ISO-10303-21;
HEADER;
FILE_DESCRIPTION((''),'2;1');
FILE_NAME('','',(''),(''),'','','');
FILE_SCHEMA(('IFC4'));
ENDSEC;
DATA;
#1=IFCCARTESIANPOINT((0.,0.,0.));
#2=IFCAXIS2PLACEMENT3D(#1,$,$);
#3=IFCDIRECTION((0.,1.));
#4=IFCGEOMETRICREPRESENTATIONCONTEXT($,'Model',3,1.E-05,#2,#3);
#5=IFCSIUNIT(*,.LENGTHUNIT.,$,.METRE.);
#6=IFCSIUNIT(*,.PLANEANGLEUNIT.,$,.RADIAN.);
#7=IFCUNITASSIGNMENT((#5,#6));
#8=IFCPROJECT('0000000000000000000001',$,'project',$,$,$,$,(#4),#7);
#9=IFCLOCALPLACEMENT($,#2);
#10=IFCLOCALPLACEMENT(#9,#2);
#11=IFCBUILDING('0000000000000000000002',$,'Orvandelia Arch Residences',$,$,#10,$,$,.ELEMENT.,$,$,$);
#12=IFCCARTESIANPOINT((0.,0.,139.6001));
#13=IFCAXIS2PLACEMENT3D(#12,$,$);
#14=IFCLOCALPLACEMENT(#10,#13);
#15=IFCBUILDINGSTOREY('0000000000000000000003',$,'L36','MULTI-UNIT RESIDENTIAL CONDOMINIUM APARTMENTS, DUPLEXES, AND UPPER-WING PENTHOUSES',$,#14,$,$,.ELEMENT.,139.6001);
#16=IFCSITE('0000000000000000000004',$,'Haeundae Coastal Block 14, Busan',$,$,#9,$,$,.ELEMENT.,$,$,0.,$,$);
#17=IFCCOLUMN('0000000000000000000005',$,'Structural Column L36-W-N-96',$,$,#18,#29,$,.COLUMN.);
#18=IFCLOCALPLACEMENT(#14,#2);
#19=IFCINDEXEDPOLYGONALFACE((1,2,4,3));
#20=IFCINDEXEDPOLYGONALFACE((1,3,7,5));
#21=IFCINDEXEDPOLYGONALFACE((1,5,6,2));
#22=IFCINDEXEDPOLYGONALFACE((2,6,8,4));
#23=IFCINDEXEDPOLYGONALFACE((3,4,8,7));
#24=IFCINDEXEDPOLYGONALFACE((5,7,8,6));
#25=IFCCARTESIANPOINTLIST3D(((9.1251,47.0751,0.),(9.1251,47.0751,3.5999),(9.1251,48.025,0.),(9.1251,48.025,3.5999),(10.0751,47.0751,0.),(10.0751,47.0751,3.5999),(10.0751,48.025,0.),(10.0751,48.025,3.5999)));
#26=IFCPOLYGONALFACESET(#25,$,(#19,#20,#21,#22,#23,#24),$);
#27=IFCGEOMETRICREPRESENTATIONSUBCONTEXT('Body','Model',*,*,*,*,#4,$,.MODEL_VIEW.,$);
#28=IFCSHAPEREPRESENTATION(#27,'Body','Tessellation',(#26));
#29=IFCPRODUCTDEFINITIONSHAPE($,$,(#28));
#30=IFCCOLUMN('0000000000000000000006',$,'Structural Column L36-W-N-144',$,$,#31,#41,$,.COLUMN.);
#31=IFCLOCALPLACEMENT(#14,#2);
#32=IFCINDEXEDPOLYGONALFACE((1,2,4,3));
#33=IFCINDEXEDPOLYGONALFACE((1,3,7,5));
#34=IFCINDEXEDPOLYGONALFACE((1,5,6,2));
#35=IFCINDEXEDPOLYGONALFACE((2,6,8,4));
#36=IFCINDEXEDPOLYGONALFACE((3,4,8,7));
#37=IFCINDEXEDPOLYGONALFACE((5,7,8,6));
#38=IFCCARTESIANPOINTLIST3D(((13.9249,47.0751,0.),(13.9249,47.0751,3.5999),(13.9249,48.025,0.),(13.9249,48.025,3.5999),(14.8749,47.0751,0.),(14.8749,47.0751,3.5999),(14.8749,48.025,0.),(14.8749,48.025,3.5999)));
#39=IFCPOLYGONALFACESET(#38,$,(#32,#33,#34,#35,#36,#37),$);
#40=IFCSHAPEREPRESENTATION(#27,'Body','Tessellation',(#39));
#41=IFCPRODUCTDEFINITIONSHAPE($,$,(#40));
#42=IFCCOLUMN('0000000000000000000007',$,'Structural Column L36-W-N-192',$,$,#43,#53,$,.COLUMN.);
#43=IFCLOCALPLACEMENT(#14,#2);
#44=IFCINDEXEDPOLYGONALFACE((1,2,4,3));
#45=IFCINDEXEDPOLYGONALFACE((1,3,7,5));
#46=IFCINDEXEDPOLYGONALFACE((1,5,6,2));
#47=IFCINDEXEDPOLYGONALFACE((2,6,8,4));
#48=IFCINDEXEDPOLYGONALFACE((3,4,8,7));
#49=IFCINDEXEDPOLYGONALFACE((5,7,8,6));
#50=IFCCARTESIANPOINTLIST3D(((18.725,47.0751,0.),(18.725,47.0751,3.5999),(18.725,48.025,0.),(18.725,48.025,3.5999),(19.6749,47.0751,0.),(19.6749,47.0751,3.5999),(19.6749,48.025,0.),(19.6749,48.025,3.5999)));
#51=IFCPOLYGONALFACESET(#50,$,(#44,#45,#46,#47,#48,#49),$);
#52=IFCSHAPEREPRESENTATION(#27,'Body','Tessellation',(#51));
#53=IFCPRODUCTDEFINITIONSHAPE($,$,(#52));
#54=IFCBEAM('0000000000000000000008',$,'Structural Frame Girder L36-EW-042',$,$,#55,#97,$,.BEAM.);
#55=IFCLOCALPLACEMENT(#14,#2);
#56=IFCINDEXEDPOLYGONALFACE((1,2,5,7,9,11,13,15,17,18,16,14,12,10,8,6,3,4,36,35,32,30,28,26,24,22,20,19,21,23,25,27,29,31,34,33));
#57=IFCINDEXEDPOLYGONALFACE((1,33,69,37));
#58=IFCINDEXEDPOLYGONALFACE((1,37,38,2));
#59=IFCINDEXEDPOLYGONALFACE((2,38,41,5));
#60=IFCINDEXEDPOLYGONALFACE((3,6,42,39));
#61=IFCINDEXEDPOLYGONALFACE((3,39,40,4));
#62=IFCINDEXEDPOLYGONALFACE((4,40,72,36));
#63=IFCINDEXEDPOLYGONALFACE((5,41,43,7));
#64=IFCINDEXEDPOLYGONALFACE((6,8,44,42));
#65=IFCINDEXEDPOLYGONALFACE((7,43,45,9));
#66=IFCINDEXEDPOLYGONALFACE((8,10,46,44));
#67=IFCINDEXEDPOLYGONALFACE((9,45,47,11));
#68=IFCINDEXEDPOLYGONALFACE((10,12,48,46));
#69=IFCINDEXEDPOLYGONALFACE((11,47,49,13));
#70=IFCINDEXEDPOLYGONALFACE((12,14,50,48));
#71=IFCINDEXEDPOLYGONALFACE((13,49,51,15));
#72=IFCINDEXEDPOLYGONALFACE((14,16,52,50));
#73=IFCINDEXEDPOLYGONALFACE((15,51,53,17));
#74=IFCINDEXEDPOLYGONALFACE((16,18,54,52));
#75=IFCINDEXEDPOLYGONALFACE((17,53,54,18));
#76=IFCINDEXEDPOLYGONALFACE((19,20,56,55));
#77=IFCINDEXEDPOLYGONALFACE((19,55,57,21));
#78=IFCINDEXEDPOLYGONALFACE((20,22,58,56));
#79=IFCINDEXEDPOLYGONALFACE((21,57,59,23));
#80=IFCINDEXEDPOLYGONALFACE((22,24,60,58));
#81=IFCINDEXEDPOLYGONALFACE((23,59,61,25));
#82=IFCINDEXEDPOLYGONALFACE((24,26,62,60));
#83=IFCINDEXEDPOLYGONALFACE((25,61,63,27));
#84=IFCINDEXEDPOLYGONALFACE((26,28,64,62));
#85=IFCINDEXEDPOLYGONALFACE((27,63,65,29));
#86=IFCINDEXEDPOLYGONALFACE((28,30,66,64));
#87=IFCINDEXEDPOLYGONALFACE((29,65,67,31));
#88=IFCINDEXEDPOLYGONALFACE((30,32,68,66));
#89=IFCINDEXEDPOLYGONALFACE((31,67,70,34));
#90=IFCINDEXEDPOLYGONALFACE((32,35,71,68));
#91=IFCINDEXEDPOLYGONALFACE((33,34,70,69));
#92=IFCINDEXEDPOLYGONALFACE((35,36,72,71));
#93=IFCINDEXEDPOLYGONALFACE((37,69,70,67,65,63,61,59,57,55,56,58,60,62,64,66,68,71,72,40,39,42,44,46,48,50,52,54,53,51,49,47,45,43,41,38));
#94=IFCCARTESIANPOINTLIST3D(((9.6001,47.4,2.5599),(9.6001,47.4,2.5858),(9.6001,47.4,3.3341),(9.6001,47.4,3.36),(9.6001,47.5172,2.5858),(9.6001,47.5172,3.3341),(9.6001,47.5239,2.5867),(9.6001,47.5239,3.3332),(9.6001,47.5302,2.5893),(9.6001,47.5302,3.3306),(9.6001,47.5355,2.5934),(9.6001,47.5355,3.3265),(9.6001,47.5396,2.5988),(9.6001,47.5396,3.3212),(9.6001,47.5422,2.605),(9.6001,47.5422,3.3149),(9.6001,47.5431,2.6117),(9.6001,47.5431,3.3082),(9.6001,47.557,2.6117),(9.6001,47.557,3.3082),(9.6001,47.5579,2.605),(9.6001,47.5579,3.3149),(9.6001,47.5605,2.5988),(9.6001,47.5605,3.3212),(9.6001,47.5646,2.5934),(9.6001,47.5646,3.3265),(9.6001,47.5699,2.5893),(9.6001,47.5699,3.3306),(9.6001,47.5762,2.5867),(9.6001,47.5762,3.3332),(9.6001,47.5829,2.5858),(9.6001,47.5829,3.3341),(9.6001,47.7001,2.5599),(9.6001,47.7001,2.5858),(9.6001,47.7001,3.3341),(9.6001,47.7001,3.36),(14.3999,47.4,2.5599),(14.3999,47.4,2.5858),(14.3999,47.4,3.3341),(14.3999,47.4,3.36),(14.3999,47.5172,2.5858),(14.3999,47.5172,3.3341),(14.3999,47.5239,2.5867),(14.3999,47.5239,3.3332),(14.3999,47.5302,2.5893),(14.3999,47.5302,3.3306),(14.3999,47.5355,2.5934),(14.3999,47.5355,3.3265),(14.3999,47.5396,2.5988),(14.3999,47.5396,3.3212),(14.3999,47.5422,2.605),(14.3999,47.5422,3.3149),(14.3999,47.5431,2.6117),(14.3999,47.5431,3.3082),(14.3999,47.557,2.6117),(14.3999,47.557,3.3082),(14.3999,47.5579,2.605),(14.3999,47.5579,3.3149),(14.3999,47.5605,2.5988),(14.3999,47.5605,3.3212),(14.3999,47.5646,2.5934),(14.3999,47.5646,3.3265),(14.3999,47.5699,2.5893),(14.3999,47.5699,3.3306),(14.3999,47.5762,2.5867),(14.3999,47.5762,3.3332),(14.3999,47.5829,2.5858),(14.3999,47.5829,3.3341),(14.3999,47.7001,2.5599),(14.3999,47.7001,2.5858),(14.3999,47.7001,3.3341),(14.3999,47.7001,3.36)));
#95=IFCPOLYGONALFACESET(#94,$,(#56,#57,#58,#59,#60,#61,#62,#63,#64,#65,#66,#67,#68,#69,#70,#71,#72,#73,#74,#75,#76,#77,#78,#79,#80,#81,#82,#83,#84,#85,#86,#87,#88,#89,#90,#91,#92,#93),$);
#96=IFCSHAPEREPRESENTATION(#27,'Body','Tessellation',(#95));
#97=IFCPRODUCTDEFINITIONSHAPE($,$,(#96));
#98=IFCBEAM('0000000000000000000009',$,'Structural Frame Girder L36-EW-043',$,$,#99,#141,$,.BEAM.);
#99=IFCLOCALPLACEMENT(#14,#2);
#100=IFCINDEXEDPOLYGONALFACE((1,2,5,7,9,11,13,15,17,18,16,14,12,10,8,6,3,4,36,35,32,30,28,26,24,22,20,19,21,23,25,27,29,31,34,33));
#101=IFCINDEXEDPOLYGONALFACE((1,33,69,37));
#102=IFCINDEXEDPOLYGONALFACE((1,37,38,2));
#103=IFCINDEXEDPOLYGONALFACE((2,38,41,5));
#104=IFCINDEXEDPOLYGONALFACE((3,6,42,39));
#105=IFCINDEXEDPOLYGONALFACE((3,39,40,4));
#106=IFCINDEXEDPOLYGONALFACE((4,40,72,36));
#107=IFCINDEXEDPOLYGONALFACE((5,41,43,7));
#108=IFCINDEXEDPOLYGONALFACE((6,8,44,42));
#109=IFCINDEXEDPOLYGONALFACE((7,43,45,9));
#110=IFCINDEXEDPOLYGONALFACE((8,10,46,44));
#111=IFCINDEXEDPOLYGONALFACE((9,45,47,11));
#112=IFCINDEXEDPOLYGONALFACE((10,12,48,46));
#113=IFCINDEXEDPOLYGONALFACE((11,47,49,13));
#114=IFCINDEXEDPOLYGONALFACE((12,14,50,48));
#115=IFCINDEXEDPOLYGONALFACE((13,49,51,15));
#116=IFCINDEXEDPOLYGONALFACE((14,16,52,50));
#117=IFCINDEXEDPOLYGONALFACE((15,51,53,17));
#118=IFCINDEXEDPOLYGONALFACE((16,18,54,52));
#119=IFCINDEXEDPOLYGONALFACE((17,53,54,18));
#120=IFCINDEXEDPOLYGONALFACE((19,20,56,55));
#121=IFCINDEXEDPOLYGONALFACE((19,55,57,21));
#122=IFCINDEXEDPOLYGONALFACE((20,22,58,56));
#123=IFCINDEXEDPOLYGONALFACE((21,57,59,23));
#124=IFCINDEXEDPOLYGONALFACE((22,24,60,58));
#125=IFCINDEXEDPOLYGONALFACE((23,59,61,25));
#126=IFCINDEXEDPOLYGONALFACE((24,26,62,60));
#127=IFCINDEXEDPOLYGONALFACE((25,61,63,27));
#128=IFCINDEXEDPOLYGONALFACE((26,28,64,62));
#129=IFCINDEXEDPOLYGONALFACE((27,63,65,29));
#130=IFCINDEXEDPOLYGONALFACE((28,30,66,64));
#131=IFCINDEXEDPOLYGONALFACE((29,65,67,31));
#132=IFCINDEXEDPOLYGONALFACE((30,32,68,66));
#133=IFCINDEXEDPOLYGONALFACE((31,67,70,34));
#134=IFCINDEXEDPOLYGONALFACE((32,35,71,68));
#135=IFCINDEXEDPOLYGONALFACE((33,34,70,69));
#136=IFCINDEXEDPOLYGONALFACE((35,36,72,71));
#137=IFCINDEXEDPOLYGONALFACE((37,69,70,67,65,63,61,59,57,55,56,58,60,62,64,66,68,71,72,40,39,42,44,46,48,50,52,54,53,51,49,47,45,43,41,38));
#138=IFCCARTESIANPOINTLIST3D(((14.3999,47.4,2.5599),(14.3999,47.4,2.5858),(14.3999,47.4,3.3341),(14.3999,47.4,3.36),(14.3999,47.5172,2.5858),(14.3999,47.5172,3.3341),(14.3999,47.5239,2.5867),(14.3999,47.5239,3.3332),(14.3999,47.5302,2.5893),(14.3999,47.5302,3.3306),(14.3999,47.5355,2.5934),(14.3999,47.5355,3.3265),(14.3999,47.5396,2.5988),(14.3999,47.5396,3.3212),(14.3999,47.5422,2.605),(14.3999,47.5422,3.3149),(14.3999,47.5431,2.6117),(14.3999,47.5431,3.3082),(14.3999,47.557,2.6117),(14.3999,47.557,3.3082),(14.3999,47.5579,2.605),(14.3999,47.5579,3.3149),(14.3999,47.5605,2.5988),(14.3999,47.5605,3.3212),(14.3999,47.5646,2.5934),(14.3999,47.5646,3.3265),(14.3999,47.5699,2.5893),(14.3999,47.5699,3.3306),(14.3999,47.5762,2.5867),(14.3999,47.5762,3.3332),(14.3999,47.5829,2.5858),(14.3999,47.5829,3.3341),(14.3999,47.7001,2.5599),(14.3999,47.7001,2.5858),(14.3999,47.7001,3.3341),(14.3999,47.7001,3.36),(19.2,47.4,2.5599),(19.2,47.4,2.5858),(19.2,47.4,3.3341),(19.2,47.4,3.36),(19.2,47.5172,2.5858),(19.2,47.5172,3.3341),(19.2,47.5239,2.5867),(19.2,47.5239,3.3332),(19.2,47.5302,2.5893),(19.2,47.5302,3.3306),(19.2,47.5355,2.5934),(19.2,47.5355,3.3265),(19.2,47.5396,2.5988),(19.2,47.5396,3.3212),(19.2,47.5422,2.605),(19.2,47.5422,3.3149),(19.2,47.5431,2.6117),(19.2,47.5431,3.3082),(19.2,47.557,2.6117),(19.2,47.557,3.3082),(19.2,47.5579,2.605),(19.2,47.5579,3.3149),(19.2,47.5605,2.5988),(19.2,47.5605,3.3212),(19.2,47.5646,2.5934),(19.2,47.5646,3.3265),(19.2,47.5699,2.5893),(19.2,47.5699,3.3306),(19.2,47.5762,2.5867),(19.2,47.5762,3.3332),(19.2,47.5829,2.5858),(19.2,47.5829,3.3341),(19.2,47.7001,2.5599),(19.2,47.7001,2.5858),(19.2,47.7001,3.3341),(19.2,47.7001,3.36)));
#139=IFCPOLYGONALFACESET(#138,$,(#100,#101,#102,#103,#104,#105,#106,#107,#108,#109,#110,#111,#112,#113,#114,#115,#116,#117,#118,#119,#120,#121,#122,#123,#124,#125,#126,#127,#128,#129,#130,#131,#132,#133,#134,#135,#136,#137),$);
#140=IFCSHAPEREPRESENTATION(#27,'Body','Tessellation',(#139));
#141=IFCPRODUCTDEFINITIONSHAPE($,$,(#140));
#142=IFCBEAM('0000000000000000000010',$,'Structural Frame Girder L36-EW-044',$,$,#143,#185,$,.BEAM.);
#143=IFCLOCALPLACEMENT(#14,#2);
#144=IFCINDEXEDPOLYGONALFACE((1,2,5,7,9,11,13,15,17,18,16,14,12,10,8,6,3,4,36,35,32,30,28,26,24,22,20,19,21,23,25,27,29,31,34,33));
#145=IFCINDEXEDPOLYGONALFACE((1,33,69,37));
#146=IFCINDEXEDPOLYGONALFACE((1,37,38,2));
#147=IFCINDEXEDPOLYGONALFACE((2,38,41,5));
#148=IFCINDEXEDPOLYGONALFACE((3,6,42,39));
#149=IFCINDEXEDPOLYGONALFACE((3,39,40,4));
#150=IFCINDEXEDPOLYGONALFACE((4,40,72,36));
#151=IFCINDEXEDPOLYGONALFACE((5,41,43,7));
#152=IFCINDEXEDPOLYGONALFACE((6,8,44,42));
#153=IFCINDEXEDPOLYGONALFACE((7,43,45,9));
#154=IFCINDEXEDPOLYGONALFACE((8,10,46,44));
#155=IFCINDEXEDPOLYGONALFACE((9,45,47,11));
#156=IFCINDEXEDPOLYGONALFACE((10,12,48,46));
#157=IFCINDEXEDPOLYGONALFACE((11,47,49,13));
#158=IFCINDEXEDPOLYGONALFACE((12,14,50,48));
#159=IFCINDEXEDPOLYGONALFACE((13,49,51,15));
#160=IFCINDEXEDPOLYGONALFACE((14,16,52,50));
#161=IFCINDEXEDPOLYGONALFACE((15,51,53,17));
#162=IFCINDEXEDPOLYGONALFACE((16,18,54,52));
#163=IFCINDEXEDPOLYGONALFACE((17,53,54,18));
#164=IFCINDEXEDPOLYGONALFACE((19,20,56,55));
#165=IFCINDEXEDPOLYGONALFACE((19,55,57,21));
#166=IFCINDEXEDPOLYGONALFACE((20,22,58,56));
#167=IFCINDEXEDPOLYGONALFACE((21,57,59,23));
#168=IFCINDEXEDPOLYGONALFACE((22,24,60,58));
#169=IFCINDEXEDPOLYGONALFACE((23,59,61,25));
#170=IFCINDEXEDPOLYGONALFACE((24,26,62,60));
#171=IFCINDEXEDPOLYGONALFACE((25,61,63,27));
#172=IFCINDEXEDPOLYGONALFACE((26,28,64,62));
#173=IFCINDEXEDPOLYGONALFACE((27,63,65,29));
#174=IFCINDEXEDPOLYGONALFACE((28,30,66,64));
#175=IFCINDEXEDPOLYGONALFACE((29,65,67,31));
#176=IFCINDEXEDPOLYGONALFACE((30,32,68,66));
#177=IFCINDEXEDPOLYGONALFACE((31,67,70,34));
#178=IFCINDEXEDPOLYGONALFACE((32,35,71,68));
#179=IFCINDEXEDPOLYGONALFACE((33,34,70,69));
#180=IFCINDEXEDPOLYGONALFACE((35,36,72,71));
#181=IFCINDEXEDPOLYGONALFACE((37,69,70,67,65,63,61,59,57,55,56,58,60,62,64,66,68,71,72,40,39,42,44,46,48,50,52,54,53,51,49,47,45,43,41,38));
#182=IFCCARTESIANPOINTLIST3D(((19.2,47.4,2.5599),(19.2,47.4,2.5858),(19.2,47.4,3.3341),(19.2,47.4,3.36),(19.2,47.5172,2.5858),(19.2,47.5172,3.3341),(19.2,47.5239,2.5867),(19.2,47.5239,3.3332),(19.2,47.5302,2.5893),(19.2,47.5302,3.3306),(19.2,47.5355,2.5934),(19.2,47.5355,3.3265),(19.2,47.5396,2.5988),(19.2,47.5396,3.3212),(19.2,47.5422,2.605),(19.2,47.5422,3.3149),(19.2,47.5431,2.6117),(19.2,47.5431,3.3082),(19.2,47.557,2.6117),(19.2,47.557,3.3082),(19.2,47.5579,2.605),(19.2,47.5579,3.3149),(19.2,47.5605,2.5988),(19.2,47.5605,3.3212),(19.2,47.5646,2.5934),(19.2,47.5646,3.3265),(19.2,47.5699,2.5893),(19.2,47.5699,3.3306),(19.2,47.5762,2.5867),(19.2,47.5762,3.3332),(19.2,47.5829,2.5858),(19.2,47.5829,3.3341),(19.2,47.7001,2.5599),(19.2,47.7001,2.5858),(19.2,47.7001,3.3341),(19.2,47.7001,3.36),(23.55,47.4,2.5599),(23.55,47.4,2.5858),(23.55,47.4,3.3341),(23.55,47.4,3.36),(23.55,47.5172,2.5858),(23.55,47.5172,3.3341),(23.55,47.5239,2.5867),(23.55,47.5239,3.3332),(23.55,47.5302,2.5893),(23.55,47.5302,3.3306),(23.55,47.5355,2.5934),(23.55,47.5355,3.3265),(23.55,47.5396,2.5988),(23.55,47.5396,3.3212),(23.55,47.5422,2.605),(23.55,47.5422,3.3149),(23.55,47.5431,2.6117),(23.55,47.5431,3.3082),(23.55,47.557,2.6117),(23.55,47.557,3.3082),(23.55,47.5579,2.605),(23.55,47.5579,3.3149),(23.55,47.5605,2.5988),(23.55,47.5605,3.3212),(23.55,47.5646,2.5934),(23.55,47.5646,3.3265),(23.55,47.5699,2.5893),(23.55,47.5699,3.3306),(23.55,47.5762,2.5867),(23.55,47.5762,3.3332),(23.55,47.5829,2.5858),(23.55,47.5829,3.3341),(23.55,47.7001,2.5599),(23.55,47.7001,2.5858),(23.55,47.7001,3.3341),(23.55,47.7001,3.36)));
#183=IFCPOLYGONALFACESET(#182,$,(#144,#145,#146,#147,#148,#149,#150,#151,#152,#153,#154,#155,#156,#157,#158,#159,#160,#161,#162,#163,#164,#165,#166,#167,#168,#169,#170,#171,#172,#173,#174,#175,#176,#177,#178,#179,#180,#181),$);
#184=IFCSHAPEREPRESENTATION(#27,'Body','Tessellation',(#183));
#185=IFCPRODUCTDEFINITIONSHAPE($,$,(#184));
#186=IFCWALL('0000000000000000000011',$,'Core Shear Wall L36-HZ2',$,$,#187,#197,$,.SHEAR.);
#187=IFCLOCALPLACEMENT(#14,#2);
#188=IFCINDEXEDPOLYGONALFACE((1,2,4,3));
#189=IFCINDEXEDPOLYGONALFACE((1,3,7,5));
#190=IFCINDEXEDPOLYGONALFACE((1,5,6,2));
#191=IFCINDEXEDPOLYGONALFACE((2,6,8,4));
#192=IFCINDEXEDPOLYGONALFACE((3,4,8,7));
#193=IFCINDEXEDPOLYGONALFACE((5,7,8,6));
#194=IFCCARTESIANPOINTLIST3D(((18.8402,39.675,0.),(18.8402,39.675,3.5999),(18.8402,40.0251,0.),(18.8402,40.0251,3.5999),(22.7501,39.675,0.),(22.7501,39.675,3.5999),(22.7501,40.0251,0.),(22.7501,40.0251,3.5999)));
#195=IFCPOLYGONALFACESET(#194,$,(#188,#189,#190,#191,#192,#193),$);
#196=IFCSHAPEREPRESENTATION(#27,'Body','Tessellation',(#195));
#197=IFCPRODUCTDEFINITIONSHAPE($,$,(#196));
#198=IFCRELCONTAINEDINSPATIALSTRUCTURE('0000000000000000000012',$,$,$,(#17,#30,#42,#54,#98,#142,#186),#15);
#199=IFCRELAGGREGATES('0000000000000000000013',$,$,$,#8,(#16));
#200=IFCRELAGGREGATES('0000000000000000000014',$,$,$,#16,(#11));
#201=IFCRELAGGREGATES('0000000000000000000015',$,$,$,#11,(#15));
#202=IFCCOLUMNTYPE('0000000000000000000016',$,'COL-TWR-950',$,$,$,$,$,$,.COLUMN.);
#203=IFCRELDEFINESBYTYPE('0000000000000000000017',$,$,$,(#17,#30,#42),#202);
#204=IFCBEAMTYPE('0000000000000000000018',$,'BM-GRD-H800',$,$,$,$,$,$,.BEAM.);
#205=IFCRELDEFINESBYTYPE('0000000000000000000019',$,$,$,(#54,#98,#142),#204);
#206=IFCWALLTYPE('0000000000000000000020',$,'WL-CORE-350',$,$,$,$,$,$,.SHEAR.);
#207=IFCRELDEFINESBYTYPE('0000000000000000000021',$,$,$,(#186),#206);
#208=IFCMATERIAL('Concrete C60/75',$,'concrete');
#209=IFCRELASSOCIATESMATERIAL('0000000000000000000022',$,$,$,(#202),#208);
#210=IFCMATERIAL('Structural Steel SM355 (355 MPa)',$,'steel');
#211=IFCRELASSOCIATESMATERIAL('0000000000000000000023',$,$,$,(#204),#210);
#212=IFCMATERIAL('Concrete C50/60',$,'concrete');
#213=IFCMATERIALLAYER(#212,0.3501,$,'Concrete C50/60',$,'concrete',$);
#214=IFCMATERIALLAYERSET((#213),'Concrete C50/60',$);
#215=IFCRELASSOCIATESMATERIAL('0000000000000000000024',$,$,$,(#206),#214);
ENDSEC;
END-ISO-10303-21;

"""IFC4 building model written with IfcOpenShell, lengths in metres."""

from ifc_helpers import new_model, si_unit, direction, frame, frame_2d, origin, origin_2d, place, context, subcontext, project, spatial, rectangle, i_section, extrude, material, layer, layer_set, material_profile, profile_set, type_object, element, save


model = new_model("IFC4")

# Units and contexts
model_context = context("Model", 3, precision=1e-05, world=origin(), true_north=direction((0.0, 1.0)))
body_context = subcontext(model_context, "Body", "Model", "MODEL_VIEW")
ifc_project = project(units=[si_unit("LENGTHUNIT", "METRE"), si_unit("PLANEANGLEUNIT", "RADIAN")], contexts=[model_context])

# Site, building, storey
site_placement = place(None, origin())
site = spatial("IfcSite", under=ifc_project, at=site_placement, Name="Haeundae Coastal Block 14, Busan", CompositionType="ELEMENT", RefElevation=0.0)
building_placement = place(site_placement, origin())
building = spatial("IfcBuilding", under=site, at=building_placement, Name="Orvandelia Arch Residences", CompositionType="ELEMENT")
storey_placement = place(building_placement, frame((0.0, 0.0, 139.6001)))
storey = spatial("IfcBuildingStorey", under=building, at=storey_placement, Name="L36", Description="MULTI-UNIT RESIDENTIAL CONDOMINIUM APARTMENTS, DUPLEXES, AND UPPER-WING PENTHOUSES", CompositionType="ELEMENT", Elevation=139.6001)

# Columns
ifc_material_1 = material(Name="Concrete C60/75", Category="concrete")
ifc_material_profile_1 = material_profile(ifc_material_1, rectangle(XDim=0.95, YDim=0.95, at=origin_2d()), Name="Concrete C60/75", Category="concrete")
ifc_profile_set_1 = profile_set([ifc_material_profile_1], Name="Concrete C60/75")
column_type = type_object("IfcColumnType", Name="COL-TWR-950", PredefinedType="COLUMN", material=ifc_profile_set_1)
for number, where, z_axis, x_axis, name in (
    (1, (9.6001, 47.55, 0.0), (0.0, 0.0, 1.0), (1.0, 0.0, 0.0), "Structural Column L36-W-N-96"),
    (2, (14.3999, 47.55, 0.0), (0.0, 0.0, 1.0), (1.0, 0.0, 0.0), "Structural Column L36-W-N-144"),
    (3, (19.2, 47.55, 0.0), (0.0, 0.0, 1.0), (1.0, 0.0, 0.0), "Structural Column L36-W-N-192"),
):
    element("IfcColumn", number, at=place(storey_placement, frame(where, z_axis=z_axis, x_axis=x_axis)), inside=storey, type_object=column_type, Name=name, PredefinedType="COLUMN", context=body_context, shape_type="SweptSolid", body=[
        extrude(rectangle(XDim=0.95, YDim=0.95, at=origin_2d()), origin(), (0.0, 0.0, 1.0), 3.5999),
    ])

# Beams
ifc_material_2 = material(Name="Structural Steel SM355 (355 MPa)", Category="steel")
ifc_material_profile_2 = material_profile(ifc_material_2, i_section(OverallWidth=0.3, OverallDepth=0.8, WebThickness=0.0139, FlangeThickness=0.0259, FilletRadius=0.0259, at=origin_2d()), Name="Structural Steel SM355 (355 MPa)", Category="steel")
ifc_profile_set_2 = profile_set([ifc_material_profile_2], Name="Structural Steel SM355 (355 MPa)")
beam_type = type_object("IfcBeamType", Name="BM-GRD-H800", PredefinedType="BEAM", material=ifc_profile_set_2)
beam_1_placement = place(storey_placement, frame((9.6001, 47.55, 2.96), z_axis=(1.0, 0.0, 0.0), x_axis=(0.0, 1.0, 0.0)))
element("IfcBeam", 4, at=beam_1_placement, inside=storey, type_object=beam_type, Name="Structural Frame Girder L36-EW-042", PredefinedType="BEAM", context=body_context, shape_type="SweptSolid", body=[
    extrude(i_section(OverallWidth=0.3, OverallDepth=0.8, WebThickness=0.0139, FlangeThickness=0.0259, FilletRadius=0.0259, at=origin_2d()), origin(), (0.0, 0.0, 1.0), 4.7998),
])
beam_2_placement = place(storey_placement, frame((14.3999, 47.55, 2.96), z_axis=(1.0, 0.0, 0.0), x_axis=(0.0, 1.0, 0.0)))
element("IfcBeam", 5, at=beam_2_placement, inside=storey, type_object=beam_type, Name="Structural Frame Girder L36-EW-043", PredefinedType="BEAM", context=body_context, shape_type="SweptSolid", body=[
    extrude(i_section(OverallWidth=0.3, OverallDepth=0.8, WebThickness=0.0139, FlangeThickness=0.0259, FilletRadius=0.0259, at=origin_2d()), origin(), (0.0, 0.0, 1.0), 4.8),
])
beam_3_placement = place(storey_placement, frame((19.2, 47.55, 2.96), z_axis=(1.0, 0.0, 0.0), x_axis=(0.0, 1.0, 0.0)))
element("IfcBeam", 6, at=beam_3_placement, inside=storey, type_object=beam_type, Name="Structural Frame Girder L36-EW-044", PredefinedType="BEAM", context=body_context, shape_type="SweptSolid", body=[
    extrude(i_section(OverallWidth=0.3, OverallDepth=0.8, WebThickness=0.0139, FlangeThickness=0.0259, FilletRadius=0.0259, at=origin_2d()), origin(), (0.0, 0.0, 1.0), 4.3501),
])

# Wall
ifc_material_3 = material(Name="Concrete C50/60", Category="concrete")
ifc_layer_1 = layer(ifc_material_3, 0.3501, Name="Concrete C50/60", Category="concrete")
ifc_layer_set_1 = layer_set([ifc_layer_1], Name="Concrete C50/60")
wall_type_1 = type_object("IfcWallType", Name="WL-CORE-350", PredefinedType="SHEAR", material=ifc_layer_set_1)
wall_1_placement = place(storey_placement, frame((18.8401, 39.8501, 0.0), z_axis=(0.0, 0.0, 1.0), x_axis=(1.0, 0.0, 0.0)))
element("IfcWall", 7, at=wall_1_placement, inside=storey, type_object=wall_type_1, Name="Core Shear Wall L36-HZ2", PredefinedType="SHEAR", context=body_context, shape_type="SweptSolid", body=[
    extrude(rectangle(XDim=3.9099, YDim=0.3501, at=frame_2d((1.9551, 0.0))), origin(), (0.0, 0.0, 1.0), 3.5999),
])

save(model, "model.ifc")
